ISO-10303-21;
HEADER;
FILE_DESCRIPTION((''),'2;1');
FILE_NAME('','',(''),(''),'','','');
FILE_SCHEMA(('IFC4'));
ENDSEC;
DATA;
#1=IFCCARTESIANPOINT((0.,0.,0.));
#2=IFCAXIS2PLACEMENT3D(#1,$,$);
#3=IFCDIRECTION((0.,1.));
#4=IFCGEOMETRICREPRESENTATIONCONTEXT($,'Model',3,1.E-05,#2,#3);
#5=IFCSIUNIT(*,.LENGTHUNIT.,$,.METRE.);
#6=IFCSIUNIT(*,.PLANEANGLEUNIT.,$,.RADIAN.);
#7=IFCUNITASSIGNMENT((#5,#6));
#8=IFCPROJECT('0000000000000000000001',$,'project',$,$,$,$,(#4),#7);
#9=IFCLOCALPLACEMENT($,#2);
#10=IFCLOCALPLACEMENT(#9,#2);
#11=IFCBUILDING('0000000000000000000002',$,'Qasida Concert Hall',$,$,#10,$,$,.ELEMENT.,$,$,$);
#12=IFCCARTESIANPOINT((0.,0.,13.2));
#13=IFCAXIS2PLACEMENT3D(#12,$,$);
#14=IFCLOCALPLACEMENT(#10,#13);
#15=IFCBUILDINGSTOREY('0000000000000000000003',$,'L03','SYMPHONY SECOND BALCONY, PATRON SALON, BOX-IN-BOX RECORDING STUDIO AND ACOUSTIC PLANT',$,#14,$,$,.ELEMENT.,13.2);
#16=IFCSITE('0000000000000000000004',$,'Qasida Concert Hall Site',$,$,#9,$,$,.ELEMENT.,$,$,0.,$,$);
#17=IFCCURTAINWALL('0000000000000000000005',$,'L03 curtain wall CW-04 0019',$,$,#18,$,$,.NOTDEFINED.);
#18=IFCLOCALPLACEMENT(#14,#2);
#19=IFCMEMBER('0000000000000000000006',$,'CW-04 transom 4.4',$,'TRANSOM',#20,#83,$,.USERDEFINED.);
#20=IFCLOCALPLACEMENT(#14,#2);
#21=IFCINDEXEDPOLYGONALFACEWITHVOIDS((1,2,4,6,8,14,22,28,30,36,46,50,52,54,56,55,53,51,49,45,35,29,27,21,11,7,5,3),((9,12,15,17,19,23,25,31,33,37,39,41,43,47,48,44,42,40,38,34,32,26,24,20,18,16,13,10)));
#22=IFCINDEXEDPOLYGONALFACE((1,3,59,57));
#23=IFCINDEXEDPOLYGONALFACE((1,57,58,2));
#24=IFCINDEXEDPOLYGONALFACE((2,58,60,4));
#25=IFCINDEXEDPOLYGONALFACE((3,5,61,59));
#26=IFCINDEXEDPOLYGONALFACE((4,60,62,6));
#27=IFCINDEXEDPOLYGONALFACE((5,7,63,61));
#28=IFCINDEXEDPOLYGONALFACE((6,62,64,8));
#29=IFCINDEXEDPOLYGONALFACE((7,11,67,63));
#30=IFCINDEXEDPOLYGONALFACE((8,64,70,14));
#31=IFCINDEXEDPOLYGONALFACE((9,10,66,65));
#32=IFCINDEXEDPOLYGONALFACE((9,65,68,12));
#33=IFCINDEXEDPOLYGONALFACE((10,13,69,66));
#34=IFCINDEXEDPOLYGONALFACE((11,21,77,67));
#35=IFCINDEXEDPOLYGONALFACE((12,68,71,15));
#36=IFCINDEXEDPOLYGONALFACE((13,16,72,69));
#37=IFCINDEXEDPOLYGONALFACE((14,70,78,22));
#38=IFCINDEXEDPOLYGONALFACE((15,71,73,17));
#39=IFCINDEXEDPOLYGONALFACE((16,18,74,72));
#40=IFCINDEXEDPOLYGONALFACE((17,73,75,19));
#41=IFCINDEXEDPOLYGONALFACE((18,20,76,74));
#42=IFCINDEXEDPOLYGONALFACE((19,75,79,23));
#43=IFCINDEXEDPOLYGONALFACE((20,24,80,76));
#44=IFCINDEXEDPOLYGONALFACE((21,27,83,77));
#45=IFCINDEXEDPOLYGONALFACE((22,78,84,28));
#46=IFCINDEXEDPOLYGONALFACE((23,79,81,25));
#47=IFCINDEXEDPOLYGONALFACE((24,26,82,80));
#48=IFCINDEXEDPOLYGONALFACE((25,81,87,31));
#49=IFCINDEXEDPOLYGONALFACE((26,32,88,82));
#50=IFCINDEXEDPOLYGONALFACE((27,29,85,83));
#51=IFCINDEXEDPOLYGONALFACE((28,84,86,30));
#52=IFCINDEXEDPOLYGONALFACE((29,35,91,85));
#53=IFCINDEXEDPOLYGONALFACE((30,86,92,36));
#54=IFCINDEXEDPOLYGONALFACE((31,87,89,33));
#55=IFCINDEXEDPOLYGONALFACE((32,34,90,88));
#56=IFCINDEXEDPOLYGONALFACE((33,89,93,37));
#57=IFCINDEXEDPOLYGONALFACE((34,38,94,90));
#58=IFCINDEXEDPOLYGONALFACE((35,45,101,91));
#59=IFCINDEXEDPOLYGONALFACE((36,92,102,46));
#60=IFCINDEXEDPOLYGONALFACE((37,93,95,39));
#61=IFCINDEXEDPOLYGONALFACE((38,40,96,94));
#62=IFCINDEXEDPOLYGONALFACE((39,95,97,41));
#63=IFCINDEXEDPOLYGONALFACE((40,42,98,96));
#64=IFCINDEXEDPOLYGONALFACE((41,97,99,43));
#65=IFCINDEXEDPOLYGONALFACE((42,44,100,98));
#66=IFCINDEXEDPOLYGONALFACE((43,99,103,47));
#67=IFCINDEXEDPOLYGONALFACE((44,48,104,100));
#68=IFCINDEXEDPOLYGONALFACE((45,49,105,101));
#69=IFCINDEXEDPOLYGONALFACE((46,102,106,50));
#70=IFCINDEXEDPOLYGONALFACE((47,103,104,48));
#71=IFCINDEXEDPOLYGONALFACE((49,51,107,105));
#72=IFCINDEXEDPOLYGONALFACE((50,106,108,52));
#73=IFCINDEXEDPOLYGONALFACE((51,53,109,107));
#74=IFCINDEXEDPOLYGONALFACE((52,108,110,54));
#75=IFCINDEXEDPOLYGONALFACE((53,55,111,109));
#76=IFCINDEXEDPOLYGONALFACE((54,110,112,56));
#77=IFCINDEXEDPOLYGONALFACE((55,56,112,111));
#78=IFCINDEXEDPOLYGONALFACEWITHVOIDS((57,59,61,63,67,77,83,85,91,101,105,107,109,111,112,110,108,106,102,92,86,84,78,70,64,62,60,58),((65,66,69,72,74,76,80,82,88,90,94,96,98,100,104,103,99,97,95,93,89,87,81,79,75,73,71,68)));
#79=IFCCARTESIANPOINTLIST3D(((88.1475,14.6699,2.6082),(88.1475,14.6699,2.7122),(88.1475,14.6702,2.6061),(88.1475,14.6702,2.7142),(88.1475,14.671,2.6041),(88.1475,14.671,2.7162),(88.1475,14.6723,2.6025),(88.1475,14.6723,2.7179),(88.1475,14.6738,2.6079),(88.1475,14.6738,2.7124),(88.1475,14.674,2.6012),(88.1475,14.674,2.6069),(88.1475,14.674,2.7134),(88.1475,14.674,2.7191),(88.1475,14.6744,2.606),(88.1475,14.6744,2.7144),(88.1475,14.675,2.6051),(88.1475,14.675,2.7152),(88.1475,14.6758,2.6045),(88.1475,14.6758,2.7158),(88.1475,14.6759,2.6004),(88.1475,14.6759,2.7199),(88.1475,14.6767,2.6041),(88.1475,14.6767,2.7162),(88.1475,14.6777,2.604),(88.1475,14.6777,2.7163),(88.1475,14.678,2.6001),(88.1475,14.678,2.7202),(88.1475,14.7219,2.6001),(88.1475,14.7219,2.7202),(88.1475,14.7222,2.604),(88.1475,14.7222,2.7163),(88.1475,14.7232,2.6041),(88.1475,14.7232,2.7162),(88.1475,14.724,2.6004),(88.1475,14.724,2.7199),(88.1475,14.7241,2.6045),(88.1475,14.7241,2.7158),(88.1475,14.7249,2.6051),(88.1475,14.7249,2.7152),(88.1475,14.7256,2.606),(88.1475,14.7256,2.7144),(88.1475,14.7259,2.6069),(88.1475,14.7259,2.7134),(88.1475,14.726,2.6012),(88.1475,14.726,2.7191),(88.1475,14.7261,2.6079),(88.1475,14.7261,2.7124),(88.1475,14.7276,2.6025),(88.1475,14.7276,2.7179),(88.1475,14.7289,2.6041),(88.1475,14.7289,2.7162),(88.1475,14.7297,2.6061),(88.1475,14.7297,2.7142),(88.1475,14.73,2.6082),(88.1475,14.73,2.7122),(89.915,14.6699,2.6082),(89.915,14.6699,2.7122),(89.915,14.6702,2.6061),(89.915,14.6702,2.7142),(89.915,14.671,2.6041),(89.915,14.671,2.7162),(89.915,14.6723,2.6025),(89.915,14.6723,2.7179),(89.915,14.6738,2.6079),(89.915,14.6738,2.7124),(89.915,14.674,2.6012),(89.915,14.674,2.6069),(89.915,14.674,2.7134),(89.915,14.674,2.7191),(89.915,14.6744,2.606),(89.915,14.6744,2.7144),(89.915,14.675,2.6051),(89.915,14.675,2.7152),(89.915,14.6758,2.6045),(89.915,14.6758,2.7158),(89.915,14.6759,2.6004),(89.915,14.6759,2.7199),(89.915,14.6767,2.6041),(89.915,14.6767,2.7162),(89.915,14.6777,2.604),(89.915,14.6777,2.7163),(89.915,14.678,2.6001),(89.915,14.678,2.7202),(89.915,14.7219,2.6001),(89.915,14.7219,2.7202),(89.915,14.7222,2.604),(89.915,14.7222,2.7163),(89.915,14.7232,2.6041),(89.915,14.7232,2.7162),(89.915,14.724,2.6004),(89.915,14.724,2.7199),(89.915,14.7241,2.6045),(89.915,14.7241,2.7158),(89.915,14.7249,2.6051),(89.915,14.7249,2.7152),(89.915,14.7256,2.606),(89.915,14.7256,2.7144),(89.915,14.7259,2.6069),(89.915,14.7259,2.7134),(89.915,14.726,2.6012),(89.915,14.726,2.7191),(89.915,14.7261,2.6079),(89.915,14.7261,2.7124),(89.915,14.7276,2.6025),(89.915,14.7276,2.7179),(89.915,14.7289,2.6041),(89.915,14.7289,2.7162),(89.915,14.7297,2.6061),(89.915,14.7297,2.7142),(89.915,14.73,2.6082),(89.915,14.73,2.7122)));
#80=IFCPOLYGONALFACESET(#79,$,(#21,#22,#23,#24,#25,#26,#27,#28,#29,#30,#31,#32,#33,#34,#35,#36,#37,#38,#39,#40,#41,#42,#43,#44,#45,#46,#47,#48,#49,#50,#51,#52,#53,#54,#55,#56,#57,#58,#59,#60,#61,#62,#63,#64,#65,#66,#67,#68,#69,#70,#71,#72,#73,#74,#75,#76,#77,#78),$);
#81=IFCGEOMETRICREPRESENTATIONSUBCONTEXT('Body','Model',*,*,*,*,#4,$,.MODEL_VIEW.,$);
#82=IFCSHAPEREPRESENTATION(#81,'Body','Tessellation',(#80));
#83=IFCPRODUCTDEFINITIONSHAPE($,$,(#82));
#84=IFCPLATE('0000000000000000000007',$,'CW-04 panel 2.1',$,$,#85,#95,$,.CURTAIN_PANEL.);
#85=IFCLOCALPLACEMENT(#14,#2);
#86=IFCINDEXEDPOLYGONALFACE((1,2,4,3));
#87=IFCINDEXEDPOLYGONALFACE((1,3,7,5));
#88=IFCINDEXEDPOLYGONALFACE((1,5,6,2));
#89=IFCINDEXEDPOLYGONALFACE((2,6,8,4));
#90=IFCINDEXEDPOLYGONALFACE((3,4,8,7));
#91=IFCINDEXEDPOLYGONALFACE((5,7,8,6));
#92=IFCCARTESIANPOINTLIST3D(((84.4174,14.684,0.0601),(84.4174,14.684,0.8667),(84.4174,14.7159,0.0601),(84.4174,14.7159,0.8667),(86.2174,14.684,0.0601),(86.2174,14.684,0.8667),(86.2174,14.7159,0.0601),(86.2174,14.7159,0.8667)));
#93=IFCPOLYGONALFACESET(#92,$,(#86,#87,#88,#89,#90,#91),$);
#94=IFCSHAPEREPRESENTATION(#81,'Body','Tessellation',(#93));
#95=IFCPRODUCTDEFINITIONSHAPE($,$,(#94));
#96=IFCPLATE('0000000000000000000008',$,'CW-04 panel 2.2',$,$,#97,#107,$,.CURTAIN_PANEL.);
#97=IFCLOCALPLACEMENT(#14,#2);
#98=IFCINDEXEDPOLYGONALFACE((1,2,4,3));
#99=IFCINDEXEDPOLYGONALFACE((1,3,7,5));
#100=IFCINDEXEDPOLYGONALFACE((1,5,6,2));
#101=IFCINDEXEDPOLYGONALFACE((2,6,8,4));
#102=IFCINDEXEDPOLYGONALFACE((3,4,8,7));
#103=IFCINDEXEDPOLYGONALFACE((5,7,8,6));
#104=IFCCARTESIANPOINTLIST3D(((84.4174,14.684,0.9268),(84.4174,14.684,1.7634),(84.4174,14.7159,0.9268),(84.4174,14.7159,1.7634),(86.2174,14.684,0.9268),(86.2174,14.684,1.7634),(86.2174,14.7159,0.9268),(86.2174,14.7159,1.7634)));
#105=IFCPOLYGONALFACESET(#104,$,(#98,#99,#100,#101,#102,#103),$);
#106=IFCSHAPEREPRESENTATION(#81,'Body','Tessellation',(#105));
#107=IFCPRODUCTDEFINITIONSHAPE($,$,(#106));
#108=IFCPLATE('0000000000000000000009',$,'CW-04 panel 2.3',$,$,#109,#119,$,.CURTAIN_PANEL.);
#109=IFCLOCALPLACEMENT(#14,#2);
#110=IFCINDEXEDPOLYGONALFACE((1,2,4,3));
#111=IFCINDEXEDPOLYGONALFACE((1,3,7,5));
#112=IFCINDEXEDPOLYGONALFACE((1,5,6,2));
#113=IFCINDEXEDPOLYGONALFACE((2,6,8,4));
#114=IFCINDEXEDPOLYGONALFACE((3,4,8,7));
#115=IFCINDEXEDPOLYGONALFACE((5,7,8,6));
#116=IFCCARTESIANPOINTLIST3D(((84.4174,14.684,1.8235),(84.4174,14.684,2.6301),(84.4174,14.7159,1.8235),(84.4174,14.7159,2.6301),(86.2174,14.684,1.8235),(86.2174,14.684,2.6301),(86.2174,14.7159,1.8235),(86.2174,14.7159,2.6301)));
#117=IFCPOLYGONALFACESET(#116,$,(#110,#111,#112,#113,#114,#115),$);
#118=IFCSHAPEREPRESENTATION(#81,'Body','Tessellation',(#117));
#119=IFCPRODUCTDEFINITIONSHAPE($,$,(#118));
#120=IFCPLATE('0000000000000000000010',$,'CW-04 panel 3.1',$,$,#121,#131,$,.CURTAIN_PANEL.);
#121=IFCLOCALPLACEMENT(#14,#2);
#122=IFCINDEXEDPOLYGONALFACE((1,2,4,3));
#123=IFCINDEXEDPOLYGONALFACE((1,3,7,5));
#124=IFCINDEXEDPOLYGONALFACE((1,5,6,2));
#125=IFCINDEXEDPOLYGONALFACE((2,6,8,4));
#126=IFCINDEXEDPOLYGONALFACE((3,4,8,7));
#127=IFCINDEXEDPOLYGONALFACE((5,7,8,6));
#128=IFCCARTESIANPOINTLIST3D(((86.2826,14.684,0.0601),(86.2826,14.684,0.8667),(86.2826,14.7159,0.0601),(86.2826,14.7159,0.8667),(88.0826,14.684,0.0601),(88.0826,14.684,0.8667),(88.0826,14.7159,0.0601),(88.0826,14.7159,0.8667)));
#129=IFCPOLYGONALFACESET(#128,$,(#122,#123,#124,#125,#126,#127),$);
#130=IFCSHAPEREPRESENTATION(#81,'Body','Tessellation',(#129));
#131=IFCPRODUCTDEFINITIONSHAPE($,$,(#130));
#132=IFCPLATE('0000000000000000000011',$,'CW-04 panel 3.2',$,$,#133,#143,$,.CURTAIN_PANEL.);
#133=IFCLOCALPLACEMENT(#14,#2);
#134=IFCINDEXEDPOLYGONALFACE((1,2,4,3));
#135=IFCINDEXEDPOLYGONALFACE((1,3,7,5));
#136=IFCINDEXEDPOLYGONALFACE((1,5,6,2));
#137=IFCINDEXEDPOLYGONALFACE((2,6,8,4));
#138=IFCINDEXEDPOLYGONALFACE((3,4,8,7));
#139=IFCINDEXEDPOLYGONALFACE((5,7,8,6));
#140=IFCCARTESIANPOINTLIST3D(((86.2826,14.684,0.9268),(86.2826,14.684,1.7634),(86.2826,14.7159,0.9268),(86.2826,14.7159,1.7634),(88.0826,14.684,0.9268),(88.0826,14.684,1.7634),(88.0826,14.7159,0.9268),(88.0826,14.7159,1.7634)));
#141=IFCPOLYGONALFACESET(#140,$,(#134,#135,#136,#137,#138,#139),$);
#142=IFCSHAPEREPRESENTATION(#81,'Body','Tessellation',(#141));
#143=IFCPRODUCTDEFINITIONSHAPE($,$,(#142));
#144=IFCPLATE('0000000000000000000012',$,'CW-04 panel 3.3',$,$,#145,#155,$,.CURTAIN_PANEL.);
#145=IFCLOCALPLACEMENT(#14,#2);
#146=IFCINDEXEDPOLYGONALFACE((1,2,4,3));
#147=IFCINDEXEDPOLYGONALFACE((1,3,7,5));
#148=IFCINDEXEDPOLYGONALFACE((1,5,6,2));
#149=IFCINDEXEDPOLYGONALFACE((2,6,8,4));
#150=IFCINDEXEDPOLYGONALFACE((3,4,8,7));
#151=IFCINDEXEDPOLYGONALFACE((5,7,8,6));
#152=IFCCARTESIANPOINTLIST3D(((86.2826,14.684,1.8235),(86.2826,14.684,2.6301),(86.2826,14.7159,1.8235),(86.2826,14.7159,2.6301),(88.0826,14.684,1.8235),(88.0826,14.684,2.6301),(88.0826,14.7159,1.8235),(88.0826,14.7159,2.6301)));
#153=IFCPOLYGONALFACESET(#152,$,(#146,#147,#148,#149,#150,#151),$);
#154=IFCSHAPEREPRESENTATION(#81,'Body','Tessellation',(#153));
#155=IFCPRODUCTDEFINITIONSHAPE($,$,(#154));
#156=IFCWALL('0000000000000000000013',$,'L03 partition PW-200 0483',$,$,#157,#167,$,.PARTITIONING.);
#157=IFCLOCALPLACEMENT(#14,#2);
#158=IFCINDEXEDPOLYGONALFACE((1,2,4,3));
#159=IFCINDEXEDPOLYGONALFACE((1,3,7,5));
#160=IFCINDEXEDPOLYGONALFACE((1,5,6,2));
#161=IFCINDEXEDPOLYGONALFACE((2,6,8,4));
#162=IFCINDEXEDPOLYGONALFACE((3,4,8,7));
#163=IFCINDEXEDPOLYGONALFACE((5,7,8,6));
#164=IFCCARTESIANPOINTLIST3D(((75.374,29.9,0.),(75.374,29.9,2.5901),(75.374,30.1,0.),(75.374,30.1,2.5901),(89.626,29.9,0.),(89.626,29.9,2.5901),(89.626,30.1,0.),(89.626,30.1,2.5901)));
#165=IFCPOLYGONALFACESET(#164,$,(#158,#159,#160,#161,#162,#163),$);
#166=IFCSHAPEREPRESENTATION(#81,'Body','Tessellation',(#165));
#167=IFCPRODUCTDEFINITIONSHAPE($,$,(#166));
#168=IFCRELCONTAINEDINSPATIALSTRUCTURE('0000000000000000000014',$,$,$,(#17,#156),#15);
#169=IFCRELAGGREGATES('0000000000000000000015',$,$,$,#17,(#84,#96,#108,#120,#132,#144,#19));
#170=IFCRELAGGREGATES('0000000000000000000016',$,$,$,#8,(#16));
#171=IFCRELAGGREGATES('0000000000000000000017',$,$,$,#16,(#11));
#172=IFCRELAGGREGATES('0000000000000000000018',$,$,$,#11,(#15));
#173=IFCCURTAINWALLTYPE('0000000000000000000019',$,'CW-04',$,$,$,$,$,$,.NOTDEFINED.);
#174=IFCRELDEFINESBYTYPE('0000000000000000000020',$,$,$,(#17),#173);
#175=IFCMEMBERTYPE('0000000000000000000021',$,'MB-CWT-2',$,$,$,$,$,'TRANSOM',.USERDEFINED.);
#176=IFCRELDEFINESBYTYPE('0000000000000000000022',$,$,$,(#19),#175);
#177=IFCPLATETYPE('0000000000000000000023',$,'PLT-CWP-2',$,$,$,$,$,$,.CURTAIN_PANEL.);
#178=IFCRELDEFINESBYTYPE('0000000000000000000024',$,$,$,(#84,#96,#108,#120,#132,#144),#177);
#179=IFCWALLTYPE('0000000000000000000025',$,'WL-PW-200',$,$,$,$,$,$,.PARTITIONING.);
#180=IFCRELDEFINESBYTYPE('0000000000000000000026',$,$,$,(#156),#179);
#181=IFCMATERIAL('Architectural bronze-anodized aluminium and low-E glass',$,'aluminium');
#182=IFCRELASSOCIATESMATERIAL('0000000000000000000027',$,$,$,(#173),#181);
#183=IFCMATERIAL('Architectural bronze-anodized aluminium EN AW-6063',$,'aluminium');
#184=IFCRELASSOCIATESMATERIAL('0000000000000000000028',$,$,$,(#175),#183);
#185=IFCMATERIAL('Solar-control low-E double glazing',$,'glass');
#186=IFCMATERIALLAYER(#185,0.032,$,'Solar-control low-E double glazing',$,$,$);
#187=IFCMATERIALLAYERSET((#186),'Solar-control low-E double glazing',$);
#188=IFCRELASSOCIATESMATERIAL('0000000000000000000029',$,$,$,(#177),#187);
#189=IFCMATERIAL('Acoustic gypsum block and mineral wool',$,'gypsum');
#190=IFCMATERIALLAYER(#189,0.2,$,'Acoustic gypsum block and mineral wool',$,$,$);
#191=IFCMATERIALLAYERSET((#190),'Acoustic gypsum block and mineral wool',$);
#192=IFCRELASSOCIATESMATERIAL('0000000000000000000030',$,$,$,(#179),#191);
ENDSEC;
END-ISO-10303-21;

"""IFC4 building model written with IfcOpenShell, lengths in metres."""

from ifc_helpers import new_model, si_unit, direction, frame, frame_2d, origin, origin_2d, place, context, subcontext, project, spatial, rectangle, hollow_rectangle, extrude, material, layer, layer_set, material_profile, profile_set, type_object, element, aggregate, save


model = new_model("IFC4")

# Units and contexts
model_context = context("Model", 3, precision=1e-05, world=origin(), true_north=direction((0.0, 1.0)))
body_context = subcontext(model_context, "Body", "Model", "MODEL_VIEW")
ifc_project = project(units=[si_unit("LENGTHUNIT", "METRE"), si_unit("PLANEANGLEUNIT", "RADIAN")], contexts=[model_context])

# Site, building, storey
site_placement = place(None, origin())
site = spatial("IfcSite", under=ifc_project, at=site_placement, Name="Qasida Concert Hall Site", CompositionType="ELEMENT", RefElevation=0.0)
building_placement = place(site_placement, origin())
building = spatial("IfcBuilding", under=site, at=building_placement, Name="Qasida Concert Hall", CompositionType="ELEMENT")
storey_placement = place(building_placement, frame((0.0, 0.0, 13.2)))
storey = spatial("IfcBuildingStorey", under=building, at=storey_placement, Name="L03", Description="SYMPHONY SECOND BALCONY, PATRON SALON, BOX-IN-BOX RECORDING STUDIO AND ACOUSTIC PLANT", CompositionType="ELEMENT", Elevation=13.2)

# Curtain wall, member, plates
ifc_material_1 = material(Name="Architectural bronze-anodized aluminium and low-E glass", Category="aluminium")
curtain_wall_type = type_object("IfcCurtainWallType", Name="CW-04", PredefinedType="NOTDEFINED", material=ifc_material_1)
curtain_wall_placement = place(storey_placement, origin())
curtain_wall = element("IfcCurtainWall", 1, at=curtain_wall_placement, inside=storey, type_object=curtain_wall_type, Name="L03 curtain wall CW-04 0019", PredefinedType="NOTDEFINED")
ifc_material_2 = material(Name="Architectural bronze-anodized aluminium EN AW-6063", Category="aluminium")
ifc_material_profile_1 = material_profile(ifc_material_2, hollow_rectangle(XDim=0.0601, YDim=0.1201, WallThickness=0.0039, InnerFilletRadius=0.0039, OuterFilletRadius=0.0081, at=origin_2d()), Name="CWT 120x60x4")
ifc_profile_set_1 = profile_set([ifc_material_profile_1], Name="Architectural bronze-anodized aluminium EN AW-6063")
member_type_1 = type_object("IfcMemberType", Name="MB-CWT-2", ElementType="TRANSOM", PredefinedType="USERDEFINED", material=ifc_profile_set_1)
member_1_placement = place(storey_placement, frame((88.1475, 14.7, 2.6602), z_axis=(1.0, 0.0, 0.0), x_axis=(0.0, 1.0, 0.0)))
member_1 = element("IfcMember", 2, at=member_1_placement, type_object=member_type_1, Name="CW-04 transom 4.4", ObjectType="TRANSOM", PredefinedType="USERDEFINED", context=body_context, shape_type="SweptSolid", body=[
    extrude(hollow_rectangle(XDim=0.0601, YDim=0.1201, WallThickness=0.0039, InnerFilletRadius=0.0039, OuterFilletRadius=0.0081, at=origin_2d()), origin(), (0.0, 0.0, 1.0), 1.7676),
])
ifc_material_3 = material(Name="Solar-control low-E double glazing", Category="glass")
ifc_layer_1 = layer(ifc_material_3, 0.032, Name="Solar-control low-E double glazing")
ifc_layer_set_1 = layer_set([ifc_layer_1], Name="Solar-control low-E double glazing")
plate_type = type_object("IfcPlateType", Name="PLT-CWP-2", PredefinedType="CURTAIN_PANEL", material=ifc_layer_set_1)
plate_1_placement = place(storey_placement, frame((85.3174, 14.7, 0.0601), z_axis=(0.0, 0.0, 1.0), x_axis=(1.0, 0.0, 0.0)))
plate_1 = element("IfcPlate", 3, at=plate_1_placement, type_object=plate_type, Name="CW-04 panel 2.1", PredefinedType="CURTAIN_PANEL", context=body_context, shape_type="SweptSolid", body=[
    extrude(rectangle(XDim=1.8, YDim=0.032, at=origin_2d()), origin(), (0.0, 0.0, 1.0), 0.8066),
])
plate_2_placement = place(storey_placement, frame((85.3174, 14.7, 0.9268), z_axis=(0.0, 0.0, 1.0), x_axis=(1.0, 0.0, 0.0)))
plate_2 = element("IfcPlate", 4, at=plate_2_placement, type_object=plate_type, Name="CW-04 panel 2.2", PredefinedType="CURTAIN_PANEL", context=body_context, shape_type="SweptSolid", body=[
    extrude(rectangle(XDim=1.8, YDim=0.032, at=origin_2d()), origin(), (0.0, 0.0, 1.0), 0.8367),
])
plate_3_placement = place(storey_placement, frame((85.3174, 14.7, 1.8235), z_axis=(0.0, 0.0, 1.0), x_axis=(1.0, 0.0, 0.0)))
plate_3 = element("IfcPlate", 5, at=plate_3_placement, type_object=plate_type, Name="CW-04 panel 2.3", PredefinedType="CURTAIN_PANEL", context=body_context, shape_type="SweptSolid", body=[
    extrude(rectangle(XDim=1.8, YDim=0.032, at=origin_2d()), origin(), (0.0, 0.0, 1.0), 0.8066),
])
plate_4_placement = place(storey_placement, frame((87.1826, 14.7, 0.0601), z_axis=(0.0, 0.0, 1.0), x_axis=(1.0, 0.0, 0.0)))
plate_4 = element("IfcPlate", 6, at=plate_4_placement, type_object=plate_type, Name="CW-04 panel 3.1", PredefinedType="CURTAIN_PANEL", context=body_context, shape_type="SweptSolid", body=[
    extrude(rectangle(XDim=1.8, YDim=0.032, at=origin_2d()), origin(), (0.0, 0.0, 1.0), 0.8066),
])
plate_5_placement = place(storey_placement, frame((87.1826, 14.7, 0.9268), z_axis=(0.0, 0.0, 1.0), x_axis=(1.0, 0.0, 0.0)))
plate_5 = element("IfcPlate", 7, at=plate_5_placement, type_object=plate_type, Name="CW-04 panel 3.2", PredefinedType="CURTAIN_PANEL", context=body_context, shape_type="SweptSolid", body=[
    extrude(rectangle(XDim=1.8, YDim=0.032, at=origin_2d()), origin(), (0.0, 0.0, 1.0), 0.8367),
])
plate_6_placement = place(storey_placement, frame((87.1826, 14.7, 1.8235), z_axis=(0.0, 0.0, 1.0), x_axis=(1.0, 0.0, 0.0)))
plate_6 = element("IfcPlate", 8, at=plate_6_placement, type_object=plate_type, Name="CW-04 panel 3.3", PredefinedType="CURTAIN_PANEL", context=body_context, shape_type="SweptSolid", body=[
    extrude(rectangle(XDim=1.8, YDim=0.032, at=origin_2d()), origin(), (0.0, 0.0, 1.0), 0.8066),
])
aggregate(curtain_wall, [plate_1, plate_2, plate_3, plate_4, plate_5, plate_6, member_1])

# Wall
ifc_material_4 = material(Name="Acoustic gypsum block and mineral wool", Category="gypsum")
ifc_layer_2 = layer(ifc_material_4, 0.2, Name="Acoustic gypsum block and mineral wool")
ifc_layer_set_2 = layer_set([ifc_layer_2], Name="Acoustic gypsum block and mineral wool")
wall_type = type_object("IfcWallType", Name="WL-PW-200", PredefinedType="PARTITIONING", material=ifc_layer_set_2)
wall_placement = place(storey_placement, frame((75.374, 30.0, 0.0), z_axis=(0.0, 0.0, 1.0), x_axis=(1.0, 0.0, 0.0)))
element("IfcWall", 9, at=wall_placement, inside=storey, type_object=wall_type, Name="L03 partition PW-200 0483", PredefinedType="PARTITIONING", context=body_context, shape_type="SweptSolid", body=[
    extrude(rectangle(XDim=14.252, YDim=0.2, at=frame_2d((7.126, 0.0))), origin(), (0.0, 0.0, 1.0), 2.5901),
])

save(model, "model.ifc")
